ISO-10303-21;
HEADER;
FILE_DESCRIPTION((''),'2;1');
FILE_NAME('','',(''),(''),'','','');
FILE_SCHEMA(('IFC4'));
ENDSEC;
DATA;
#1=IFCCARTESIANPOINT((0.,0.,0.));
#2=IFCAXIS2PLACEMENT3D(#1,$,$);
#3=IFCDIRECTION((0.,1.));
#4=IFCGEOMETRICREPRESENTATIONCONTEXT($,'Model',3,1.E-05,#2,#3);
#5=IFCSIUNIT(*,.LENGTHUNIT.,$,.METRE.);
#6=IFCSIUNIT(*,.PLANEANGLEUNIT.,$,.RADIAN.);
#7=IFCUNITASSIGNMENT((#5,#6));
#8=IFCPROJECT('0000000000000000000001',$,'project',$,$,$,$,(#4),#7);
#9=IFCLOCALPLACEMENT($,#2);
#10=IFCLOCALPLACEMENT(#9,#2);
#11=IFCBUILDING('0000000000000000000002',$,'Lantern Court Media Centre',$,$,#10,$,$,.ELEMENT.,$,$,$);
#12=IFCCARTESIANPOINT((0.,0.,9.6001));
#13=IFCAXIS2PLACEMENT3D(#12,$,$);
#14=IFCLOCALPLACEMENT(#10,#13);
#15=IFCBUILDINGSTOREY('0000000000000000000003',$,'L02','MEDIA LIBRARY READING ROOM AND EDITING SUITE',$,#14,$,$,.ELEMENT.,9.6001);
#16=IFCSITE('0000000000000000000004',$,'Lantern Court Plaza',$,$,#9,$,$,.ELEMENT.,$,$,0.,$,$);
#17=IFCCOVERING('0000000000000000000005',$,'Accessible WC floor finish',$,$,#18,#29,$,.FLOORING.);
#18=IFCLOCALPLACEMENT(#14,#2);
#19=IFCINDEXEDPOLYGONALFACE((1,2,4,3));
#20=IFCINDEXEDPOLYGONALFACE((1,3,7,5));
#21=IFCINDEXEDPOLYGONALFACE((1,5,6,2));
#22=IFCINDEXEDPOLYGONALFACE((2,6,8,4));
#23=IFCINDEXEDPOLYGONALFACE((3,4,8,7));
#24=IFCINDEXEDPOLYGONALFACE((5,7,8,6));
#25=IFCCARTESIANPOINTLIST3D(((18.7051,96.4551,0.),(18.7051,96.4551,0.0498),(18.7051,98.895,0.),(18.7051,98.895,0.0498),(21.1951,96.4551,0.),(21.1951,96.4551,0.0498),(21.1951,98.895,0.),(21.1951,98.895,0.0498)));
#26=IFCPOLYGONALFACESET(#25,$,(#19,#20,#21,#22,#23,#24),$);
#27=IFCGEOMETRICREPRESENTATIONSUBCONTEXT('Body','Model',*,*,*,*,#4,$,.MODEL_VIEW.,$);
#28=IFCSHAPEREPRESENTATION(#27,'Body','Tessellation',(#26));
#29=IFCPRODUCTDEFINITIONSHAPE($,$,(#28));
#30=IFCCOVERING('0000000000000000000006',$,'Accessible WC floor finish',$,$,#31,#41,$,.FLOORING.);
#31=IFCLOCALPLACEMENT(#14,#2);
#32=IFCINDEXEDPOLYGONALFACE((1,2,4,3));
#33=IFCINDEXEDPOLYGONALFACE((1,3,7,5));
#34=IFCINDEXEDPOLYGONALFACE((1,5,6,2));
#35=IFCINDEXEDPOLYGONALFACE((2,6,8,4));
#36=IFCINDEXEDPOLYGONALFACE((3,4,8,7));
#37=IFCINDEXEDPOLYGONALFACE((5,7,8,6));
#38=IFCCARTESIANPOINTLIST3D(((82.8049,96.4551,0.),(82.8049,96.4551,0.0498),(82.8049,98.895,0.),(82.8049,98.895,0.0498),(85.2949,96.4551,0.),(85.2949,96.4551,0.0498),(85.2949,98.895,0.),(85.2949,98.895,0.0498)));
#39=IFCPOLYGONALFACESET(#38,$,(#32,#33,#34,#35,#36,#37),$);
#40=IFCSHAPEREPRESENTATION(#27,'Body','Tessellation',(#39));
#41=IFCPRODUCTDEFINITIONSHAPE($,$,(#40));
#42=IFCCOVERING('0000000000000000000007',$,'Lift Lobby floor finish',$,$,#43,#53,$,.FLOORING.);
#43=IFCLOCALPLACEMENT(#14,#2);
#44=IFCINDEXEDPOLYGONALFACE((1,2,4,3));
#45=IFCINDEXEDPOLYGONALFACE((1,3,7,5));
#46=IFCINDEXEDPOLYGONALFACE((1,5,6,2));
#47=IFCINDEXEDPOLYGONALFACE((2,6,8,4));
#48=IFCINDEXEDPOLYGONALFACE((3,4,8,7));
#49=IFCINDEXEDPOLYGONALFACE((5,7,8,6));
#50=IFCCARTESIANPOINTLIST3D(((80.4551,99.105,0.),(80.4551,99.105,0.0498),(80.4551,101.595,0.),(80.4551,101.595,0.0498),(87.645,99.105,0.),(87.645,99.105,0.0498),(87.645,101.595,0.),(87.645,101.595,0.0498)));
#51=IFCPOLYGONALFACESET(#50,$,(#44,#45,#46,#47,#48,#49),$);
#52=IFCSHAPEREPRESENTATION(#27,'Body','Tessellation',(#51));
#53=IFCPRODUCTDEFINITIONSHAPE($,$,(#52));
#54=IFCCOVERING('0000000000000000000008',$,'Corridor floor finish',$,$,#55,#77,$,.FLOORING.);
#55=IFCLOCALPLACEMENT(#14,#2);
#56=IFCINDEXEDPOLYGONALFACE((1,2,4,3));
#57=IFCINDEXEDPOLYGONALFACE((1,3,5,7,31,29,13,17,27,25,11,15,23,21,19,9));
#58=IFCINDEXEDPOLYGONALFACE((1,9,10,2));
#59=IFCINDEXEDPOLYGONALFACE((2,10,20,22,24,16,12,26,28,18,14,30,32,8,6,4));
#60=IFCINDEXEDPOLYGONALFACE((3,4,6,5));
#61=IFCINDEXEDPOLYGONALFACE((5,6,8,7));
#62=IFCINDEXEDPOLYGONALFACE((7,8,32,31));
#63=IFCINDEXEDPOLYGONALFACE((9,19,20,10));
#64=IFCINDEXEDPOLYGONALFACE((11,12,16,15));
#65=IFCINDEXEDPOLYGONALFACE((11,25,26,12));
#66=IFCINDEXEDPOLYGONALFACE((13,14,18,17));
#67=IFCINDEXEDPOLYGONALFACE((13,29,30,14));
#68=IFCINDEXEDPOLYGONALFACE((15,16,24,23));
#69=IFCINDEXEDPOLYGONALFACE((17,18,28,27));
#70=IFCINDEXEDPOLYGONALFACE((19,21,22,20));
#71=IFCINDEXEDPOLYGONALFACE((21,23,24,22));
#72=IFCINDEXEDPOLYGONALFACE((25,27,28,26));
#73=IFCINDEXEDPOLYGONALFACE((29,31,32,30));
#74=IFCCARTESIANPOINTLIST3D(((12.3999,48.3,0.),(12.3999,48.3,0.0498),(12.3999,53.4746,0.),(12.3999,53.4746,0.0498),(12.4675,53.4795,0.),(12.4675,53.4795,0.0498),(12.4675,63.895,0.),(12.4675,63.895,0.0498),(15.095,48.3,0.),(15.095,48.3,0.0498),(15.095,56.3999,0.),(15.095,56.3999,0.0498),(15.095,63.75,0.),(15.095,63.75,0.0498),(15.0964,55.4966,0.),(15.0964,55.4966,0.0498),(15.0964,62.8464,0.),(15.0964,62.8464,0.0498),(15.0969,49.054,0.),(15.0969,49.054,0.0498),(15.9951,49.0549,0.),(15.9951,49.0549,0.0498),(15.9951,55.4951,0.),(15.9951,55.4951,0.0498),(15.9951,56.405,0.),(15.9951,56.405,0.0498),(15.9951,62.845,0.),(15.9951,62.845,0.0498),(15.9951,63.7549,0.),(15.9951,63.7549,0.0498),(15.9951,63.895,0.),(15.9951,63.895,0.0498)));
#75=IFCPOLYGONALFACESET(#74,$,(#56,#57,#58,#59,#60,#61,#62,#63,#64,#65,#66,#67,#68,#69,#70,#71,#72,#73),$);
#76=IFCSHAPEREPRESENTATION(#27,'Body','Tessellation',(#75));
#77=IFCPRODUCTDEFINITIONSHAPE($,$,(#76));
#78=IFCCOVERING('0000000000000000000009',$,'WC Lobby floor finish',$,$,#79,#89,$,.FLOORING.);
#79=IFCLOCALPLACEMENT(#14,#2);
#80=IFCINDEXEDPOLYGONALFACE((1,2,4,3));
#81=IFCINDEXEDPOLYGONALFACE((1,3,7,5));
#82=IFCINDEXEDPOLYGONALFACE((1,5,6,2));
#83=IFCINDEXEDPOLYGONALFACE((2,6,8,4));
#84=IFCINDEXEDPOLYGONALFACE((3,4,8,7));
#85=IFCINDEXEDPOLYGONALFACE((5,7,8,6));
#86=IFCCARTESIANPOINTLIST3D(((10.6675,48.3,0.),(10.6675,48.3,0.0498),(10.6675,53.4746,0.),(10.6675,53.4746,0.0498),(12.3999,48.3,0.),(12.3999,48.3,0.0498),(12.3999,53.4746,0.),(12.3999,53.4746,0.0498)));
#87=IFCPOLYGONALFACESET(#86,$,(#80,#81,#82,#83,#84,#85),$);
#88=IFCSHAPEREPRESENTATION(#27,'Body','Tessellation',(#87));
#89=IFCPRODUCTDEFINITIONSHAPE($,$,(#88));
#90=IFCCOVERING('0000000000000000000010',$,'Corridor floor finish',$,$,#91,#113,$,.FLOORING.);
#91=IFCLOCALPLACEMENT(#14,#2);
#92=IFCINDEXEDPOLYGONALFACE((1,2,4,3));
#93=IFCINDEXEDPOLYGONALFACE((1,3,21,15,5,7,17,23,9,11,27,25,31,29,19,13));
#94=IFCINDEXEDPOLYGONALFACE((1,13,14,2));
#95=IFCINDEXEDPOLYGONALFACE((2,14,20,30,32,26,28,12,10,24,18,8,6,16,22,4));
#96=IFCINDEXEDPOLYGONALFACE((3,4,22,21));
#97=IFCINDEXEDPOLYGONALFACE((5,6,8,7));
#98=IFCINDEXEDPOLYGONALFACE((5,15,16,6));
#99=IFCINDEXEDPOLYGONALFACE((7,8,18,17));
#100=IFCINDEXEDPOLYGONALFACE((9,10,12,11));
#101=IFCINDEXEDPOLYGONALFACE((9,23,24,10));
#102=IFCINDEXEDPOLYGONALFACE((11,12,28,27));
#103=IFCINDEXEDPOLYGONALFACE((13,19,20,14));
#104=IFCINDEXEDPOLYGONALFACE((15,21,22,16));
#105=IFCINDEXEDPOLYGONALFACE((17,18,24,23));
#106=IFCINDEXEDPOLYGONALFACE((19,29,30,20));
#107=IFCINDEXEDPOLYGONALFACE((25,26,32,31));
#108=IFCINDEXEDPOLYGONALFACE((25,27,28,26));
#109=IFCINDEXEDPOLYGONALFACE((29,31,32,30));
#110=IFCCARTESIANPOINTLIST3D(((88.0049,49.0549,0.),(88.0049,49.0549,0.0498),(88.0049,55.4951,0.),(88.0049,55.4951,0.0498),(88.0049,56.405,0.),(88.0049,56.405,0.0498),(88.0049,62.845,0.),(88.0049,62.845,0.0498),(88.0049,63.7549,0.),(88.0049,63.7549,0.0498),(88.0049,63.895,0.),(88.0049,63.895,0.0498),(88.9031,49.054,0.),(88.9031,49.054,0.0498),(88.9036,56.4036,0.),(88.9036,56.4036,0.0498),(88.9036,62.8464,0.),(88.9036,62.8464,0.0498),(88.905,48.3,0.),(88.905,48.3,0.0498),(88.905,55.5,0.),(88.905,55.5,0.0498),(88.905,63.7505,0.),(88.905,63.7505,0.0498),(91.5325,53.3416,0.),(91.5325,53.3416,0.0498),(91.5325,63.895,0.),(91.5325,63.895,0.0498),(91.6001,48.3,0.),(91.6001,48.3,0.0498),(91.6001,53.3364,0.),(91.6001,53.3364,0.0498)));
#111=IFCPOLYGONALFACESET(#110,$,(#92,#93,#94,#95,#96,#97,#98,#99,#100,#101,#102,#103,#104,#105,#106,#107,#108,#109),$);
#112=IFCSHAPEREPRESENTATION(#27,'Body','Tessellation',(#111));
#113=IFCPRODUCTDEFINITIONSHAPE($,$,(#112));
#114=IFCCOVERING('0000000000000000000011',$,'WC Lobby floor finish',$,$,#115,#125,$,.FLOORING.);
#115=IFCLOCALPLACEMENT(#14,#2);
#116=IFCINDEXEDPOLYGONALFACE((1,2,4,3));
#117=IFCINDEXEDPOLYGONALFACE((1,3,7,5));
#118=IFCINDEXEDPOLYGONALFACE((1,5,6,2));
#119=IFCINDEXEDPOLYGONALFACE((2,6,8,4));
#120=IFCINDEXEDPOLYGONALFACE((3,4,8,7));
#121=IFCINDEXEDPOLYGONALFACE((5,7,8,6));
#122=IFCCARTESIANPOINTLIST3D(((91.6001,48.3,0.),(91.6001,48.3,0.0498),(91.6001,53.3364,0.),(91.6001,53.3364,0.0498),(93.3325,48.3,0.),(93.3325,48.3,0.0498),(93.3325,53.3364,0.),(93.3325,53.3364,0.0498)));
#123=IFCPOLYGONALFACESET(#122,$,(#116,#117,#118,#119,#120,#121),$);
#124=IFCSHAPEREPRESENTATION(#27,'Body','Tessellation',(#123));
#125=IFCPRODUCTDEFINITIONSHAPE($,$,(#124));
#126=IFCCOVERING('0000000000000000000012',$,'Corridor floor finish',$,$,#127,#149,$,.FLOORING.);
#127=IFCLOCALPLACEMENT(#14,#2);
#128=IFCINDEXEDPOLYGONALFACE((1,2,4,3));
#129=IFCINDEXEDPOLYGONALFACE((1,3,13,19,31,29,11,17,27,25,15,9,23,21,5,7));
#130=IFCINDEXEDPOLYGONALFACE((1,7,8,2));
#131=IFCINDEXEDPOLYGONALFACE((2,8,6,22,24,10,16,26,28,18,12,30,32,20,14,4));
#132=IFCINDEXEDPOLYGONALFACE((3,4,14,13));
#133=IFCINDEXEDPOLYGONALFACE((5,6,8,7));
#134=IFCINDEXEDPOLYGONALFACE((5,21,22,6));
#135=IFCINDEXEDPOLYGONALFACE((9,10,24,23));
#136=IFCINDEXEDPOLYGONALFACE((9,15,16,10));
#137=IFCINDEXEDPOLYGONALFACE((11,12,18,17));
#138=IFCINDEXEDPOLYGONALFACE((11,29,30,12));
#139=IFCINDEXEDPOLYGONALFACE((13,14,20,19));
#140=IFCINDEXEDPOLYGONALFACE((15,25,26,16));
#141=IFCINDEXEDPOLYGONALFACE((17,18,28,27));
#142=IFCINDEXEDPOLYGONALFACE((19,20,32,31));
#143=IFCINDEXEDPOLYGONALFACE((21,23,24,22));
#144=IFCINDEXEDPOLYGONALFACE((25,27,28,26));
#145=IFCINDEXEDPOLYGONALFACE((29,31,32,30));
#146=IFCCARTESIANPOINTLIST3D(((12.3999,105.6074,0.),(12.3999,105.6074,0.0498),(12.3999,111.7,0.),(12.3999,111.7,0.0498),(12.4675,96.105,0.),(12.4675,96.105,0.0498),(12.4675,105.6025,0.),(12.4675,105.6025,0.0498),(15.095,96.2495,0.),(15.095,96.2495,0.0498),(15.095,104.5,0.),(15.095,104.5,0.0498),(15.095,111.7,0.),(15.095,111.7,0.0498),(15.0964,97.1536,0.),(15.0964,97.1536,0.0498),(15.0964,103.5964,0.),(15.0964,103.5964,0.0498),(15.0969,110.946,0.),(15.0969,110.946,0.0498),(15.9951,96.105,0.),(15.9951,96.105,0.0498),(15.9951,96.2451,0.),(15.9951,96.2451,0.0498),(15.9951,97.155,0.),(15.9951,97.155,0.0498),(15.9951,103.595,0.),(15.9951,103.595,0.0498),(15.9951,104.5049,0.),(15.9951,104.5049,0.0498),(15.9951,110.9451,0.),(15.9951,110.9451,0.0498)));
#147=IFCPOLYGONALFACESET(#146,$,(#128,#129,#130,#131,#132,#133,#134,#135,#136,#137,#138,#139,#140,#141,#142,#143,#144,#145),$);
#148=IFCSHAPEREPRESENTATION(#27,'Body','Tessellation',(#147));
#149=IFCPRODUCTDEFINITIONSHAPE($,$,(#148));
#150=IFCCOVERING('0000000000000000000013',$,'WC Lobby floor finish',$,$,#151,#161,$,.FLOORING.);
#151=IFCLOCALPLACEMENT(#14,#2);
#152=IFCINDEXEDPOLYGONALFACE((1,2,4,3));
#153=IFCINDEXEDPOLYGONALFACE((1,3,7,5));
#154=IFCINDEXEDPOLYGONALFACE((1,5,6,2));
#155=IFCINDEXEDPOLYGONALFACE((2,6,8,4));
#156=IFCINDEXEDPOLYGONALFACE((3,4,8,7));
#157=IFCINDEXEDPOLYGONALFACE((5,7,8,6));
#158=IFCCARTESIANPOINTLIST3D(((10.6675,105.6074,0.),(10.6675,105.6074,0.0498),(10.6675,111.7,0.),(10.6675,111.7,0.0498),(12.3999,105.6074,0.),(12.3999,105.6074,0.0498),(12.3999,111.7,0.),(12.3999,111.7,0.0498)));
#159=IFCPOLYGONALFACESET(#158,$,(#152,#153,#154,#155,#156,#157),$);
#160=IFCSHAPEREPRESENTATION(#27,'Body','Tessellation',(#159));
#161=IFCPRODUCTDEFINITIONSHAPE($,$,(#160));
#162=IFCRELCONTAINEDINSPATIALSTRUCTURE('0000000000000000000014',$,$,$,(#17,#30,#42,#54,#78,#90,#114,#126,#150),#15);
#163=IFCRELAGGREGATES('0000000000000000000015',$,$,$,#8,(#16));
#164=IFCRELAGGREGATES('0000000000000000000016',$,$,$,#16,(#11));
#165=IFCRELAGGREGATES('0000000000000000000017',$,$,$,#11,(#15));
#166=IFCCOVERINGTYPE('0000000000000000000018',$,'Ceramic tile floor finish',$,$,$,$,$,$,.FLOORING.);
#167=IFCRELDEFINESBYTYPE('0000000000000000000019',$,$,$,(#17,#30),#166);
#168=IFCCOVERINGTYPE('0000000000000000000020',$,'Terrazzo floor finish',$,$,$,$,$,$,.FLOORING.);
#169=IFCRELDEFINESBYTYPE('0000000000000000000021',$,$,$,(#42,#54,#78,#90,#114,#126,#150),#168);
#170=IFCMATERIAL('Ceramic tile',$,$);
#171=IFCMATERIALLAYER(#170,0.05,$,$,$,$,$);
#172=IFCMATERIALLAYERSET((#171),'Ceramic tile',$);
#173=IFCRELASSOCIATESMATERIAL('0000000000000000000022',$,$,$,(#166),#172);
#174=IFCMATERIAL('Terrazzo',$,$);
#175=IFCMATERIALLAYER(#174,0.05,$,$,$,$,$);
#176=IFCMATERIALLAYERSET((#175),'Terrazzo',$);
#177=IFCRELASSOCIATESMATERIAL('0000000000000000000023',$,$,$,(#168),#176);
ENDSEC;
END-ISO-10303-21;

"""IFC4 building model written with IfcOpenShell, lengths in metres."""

from ifc_helpers import new_model, si_unit, direction, frame, origin, place, context, subcontext, project, spatial, polyline, outline, extrude, material, layer, layer_set, type_object, element, save


model = new_model("IFC4")

# Units and contexts
model_context = context("Model", 3, precision=1e-05, world=origin(), true_north=direction((0.0, 1.0)))
body_context = subcontext(model_context, "Body", "Model", "MODEL_VIEW")
ifc_project = project(units=[si_unit("LENGTHUNIT", "METRE"), si_unit("PLANEANGLEUNIT", "RADIAN")], contexts=[model_context])

# Site, building, storey
site_placement = place(None, origin())
site = spatial("IfcSite", under=ifc_project, at=site_placement, Name="Lantern Court Plaza", CompositionType="ELEMENT", RefElevation=0.0)
building_placement = place(site_placement, origin())
building = spatial("IfcBuilding", under=site, at=building_placement, Name="Lantern Court Media Centre", CompositionType="ELEMENT")
storey_placement = place(building_placement, frame((0.0, 0.0, 9.6001)))
storey = spatial("IfcBuildingStorey", under=building, at=storey_placement, Name="L02", Description="MEDIA LIBRARY READING ROOM AND EDITING SUITE", CompositionType="ELEMENT", Elevation=9.6001)

# Coverings
ifc_material_1 = material(Name="Ceramic tile")
ifc_layer_1 = layer(ifc_material_1, 0.05)
ifc_layer_set_1 = layer_set([ifc_layer_1], Name="Ceramic tile")
covering_type_1 = type_object("IfcCoveringType", Name="Ceramic tile floor finish", PredefinedType="FLOORING", material=ifc_layer_set_1)
covering_1_placement = place(storey_placement, origin())
element("IfcCovering", 1, at=covering_1_placement, inside=storey, type_object=covering_type_1, Name="Accessible WC floor finish", PredefinedType="FLOORING", context=body_context, shape_type="SweptSolid", body=[
    extrude(outline(polyline([(21.1951, 96.4551), (18.7051, 96.4551), (18.7051, 98.895), (21.1951, 98.895), (21.1951, 96.4551)])), origin(), (0.0, 0.0, 1.0), 0.0498),
])
covering_2_placement = place(storey_placement, origin())
element("IfcCovering", 2, at=covering_2_placement, inside=storey, type_object=covering_type_1, Name="Accessible WC floor finish", PredefinedType="FLOORING", context=body_context, shape_type="SweptSolid", body=[
    extrude(outline(polyline([(82.8049, 96.4551), (82.8049, 98.895), (85.2949, 98.895), (85.2949, 96.4551), (82.8049, 96.4551)])), origin(), (0.0, 0.0, 1.0), 0.0498),
])
ifc_material_2 = material(Name="Terrazzo")
ifc_layer_2 = layer(ifc_material_2, 0.05)
ifc_layer_set_2 = layer_set([ifc_layer_2], Name="Terrazzo")
covering_type_2 = type_object("IfcCoveringType", Name="Terrazzo floor finish", PredefinedType="FLOORING", material=ifc_layer_set_2)
covering_3_placement = place(storey_placement, origin())
element("IfcCovering", 3, at=covering_3_placement, inside=storey, type_object=covering_type_2, Name="Lift Lobby floor finish", PredefinedType="FLOORING", context=body_context, shape_type="SweptSolid", body=[
    extrude(outline(polyline([(80.4551, 99.105), (80.4551, 101.595), (87.645, 101.595), (87.645, 99.105), (80.4551, 99.105)])), origin(), (0.0, 0.0, 1.0), 0.0498),
])
covering_4_placement = place(storey_placement, origin())
element("IfcCovering", 4, at=covering_4_placement, inside=storey, type_object=covering_type_2, Name="Corridor floor finish", PredefinedType="FLOORING", context=body_context, shape_type="SweptSolid", body=[
    extrude(outline(polyline([(12.3999, 48.3), (12.3999, 53.4746), (12.4675, 53.4795), (12.4675, 63.895), (15.9951, 63.895), (15.9951, 63.7549), (15.095, 63.75), (15.0964, 62.8464), (15.9951, 62.845), (15.9951, 56.405), (15.095, 56.3999), (15.0964, 55.4966), (15.9951, 55.4951), (15.9951, 49.0549), (15.0969, 49.054), (15.095, 48.3), (12.3999, 48.3)])), origin(), (0.0, 0.0, 1.0), 0.0498),
])
covering_5_placement = place(storey_placement, origin())
element("IfcCovering", 5, at=covering_5_placement, inside=storey, type_object=covering_type_2, Name="WC Lobby floor finish", PredefinedType="FLOORING", context=body_context, shape_type="SweptSolid", body=[
    extrude(outline(polyline([(12.3999, 48.3), (10.6675, 48.3), (10.6675, 53.4746), (12.3999, 53.4746), (12.3999, 48.3)])), origin(), (0.0, 0.0, 1.0), 0.0498),
])
covering_6_placement = place(storey_placement, origin())
element("IfcCovering", 6, at=covering_6_placement, inside=storey, type_object=covering_type_2, Name="Corridor floor finish", PredefinedType="FLOORING", context=body_context, shape_type="SweptSolid", body=[
    extrude(outline(polyline([(91.6001, 48.3), (88.905, 48.3), (88.9031, 49.054), (88.0049, 49.0549), (88.0049, 55.4951), (88.905, 55.5), (88.9036, 56.4036), (88.0049, 56.405), (88.0049, 62.845), (88.9036, 62.8464), (88.905, 63.7505), (88.0049, 63.7549), (88.0049, 63.895), (91.5325, 63.895), (91.5325, 53.3416), (91.6001, 53.3364), (91.6001, 48.3)])), origin(), (0.0, 0.0, 1.0), 0.0498),
])
covering_7_placement = place(storey_placement, origin())
element("IfcCovering", 7, at=covering_7_placement, inside=storey, type_object=covering_type_2, Name="WC Lobby floor finish", PredefinedType="FLOORING", context=body_context, shape_type="SweptSolid", body=[
    extrude(outline(polyline([(91.6001, 48.3), (91.6001, 53.3364), (93.3325, 53.3364), (93.3325, 48.3), (91.6001, 48.3)])), origin(), (0.0, 0.0, 1.0), 0.0498),
])
covering_8_placement = place(storey_placement, origin())
element("IfcCovering", 8, at=covering_8_placement, inside=storey, type_object=covering_type_2, Name="Corridor floor finish", PredefinedType="FLOORING", context=body_context, shape_type="SweptSolid", body=[
    extrude(outline(polyline([(12.3999, 111.7), (15.095, 111.7), (15.0969, 110.946), (15.9951, 110.9451), (15.9951, 104.5049), (15.095, 104.5), (15.0964, 103.5964), (15.9951, 103.595), (15.9951, 97.155), (15.0964, 97.1536), (15.095, 96.2495), (15.9951, 96.2451), (15.9951, 96.105), (12.4675, 96.105), (12.4675, 105.6025), (12.3999, 105.6074), (12.3999, 111.7)])), origin(), (0.0, 0.0, 1.0), 0.0498),
])
covering_9_placement = place(storey_placement, origin())
element("IfcCovering", 9, at=covering_9_placement, inside=storey, type_object=covering_type_2, Name="WC Lobby floor finish", PredefinedType="FLOORING", context=body_context, shape_type="SweptSolid", body=[
    extrude(outline(polyline([(12.3999, 111.7), (12.3999, 105.6074), (10.6675, 105.6074), (10.6675, 111.7), (12.3999, 111.7)])), origin(), (0.0, 0.0, 1.0), 0.0498),
])

save(model, "model.ifc")
